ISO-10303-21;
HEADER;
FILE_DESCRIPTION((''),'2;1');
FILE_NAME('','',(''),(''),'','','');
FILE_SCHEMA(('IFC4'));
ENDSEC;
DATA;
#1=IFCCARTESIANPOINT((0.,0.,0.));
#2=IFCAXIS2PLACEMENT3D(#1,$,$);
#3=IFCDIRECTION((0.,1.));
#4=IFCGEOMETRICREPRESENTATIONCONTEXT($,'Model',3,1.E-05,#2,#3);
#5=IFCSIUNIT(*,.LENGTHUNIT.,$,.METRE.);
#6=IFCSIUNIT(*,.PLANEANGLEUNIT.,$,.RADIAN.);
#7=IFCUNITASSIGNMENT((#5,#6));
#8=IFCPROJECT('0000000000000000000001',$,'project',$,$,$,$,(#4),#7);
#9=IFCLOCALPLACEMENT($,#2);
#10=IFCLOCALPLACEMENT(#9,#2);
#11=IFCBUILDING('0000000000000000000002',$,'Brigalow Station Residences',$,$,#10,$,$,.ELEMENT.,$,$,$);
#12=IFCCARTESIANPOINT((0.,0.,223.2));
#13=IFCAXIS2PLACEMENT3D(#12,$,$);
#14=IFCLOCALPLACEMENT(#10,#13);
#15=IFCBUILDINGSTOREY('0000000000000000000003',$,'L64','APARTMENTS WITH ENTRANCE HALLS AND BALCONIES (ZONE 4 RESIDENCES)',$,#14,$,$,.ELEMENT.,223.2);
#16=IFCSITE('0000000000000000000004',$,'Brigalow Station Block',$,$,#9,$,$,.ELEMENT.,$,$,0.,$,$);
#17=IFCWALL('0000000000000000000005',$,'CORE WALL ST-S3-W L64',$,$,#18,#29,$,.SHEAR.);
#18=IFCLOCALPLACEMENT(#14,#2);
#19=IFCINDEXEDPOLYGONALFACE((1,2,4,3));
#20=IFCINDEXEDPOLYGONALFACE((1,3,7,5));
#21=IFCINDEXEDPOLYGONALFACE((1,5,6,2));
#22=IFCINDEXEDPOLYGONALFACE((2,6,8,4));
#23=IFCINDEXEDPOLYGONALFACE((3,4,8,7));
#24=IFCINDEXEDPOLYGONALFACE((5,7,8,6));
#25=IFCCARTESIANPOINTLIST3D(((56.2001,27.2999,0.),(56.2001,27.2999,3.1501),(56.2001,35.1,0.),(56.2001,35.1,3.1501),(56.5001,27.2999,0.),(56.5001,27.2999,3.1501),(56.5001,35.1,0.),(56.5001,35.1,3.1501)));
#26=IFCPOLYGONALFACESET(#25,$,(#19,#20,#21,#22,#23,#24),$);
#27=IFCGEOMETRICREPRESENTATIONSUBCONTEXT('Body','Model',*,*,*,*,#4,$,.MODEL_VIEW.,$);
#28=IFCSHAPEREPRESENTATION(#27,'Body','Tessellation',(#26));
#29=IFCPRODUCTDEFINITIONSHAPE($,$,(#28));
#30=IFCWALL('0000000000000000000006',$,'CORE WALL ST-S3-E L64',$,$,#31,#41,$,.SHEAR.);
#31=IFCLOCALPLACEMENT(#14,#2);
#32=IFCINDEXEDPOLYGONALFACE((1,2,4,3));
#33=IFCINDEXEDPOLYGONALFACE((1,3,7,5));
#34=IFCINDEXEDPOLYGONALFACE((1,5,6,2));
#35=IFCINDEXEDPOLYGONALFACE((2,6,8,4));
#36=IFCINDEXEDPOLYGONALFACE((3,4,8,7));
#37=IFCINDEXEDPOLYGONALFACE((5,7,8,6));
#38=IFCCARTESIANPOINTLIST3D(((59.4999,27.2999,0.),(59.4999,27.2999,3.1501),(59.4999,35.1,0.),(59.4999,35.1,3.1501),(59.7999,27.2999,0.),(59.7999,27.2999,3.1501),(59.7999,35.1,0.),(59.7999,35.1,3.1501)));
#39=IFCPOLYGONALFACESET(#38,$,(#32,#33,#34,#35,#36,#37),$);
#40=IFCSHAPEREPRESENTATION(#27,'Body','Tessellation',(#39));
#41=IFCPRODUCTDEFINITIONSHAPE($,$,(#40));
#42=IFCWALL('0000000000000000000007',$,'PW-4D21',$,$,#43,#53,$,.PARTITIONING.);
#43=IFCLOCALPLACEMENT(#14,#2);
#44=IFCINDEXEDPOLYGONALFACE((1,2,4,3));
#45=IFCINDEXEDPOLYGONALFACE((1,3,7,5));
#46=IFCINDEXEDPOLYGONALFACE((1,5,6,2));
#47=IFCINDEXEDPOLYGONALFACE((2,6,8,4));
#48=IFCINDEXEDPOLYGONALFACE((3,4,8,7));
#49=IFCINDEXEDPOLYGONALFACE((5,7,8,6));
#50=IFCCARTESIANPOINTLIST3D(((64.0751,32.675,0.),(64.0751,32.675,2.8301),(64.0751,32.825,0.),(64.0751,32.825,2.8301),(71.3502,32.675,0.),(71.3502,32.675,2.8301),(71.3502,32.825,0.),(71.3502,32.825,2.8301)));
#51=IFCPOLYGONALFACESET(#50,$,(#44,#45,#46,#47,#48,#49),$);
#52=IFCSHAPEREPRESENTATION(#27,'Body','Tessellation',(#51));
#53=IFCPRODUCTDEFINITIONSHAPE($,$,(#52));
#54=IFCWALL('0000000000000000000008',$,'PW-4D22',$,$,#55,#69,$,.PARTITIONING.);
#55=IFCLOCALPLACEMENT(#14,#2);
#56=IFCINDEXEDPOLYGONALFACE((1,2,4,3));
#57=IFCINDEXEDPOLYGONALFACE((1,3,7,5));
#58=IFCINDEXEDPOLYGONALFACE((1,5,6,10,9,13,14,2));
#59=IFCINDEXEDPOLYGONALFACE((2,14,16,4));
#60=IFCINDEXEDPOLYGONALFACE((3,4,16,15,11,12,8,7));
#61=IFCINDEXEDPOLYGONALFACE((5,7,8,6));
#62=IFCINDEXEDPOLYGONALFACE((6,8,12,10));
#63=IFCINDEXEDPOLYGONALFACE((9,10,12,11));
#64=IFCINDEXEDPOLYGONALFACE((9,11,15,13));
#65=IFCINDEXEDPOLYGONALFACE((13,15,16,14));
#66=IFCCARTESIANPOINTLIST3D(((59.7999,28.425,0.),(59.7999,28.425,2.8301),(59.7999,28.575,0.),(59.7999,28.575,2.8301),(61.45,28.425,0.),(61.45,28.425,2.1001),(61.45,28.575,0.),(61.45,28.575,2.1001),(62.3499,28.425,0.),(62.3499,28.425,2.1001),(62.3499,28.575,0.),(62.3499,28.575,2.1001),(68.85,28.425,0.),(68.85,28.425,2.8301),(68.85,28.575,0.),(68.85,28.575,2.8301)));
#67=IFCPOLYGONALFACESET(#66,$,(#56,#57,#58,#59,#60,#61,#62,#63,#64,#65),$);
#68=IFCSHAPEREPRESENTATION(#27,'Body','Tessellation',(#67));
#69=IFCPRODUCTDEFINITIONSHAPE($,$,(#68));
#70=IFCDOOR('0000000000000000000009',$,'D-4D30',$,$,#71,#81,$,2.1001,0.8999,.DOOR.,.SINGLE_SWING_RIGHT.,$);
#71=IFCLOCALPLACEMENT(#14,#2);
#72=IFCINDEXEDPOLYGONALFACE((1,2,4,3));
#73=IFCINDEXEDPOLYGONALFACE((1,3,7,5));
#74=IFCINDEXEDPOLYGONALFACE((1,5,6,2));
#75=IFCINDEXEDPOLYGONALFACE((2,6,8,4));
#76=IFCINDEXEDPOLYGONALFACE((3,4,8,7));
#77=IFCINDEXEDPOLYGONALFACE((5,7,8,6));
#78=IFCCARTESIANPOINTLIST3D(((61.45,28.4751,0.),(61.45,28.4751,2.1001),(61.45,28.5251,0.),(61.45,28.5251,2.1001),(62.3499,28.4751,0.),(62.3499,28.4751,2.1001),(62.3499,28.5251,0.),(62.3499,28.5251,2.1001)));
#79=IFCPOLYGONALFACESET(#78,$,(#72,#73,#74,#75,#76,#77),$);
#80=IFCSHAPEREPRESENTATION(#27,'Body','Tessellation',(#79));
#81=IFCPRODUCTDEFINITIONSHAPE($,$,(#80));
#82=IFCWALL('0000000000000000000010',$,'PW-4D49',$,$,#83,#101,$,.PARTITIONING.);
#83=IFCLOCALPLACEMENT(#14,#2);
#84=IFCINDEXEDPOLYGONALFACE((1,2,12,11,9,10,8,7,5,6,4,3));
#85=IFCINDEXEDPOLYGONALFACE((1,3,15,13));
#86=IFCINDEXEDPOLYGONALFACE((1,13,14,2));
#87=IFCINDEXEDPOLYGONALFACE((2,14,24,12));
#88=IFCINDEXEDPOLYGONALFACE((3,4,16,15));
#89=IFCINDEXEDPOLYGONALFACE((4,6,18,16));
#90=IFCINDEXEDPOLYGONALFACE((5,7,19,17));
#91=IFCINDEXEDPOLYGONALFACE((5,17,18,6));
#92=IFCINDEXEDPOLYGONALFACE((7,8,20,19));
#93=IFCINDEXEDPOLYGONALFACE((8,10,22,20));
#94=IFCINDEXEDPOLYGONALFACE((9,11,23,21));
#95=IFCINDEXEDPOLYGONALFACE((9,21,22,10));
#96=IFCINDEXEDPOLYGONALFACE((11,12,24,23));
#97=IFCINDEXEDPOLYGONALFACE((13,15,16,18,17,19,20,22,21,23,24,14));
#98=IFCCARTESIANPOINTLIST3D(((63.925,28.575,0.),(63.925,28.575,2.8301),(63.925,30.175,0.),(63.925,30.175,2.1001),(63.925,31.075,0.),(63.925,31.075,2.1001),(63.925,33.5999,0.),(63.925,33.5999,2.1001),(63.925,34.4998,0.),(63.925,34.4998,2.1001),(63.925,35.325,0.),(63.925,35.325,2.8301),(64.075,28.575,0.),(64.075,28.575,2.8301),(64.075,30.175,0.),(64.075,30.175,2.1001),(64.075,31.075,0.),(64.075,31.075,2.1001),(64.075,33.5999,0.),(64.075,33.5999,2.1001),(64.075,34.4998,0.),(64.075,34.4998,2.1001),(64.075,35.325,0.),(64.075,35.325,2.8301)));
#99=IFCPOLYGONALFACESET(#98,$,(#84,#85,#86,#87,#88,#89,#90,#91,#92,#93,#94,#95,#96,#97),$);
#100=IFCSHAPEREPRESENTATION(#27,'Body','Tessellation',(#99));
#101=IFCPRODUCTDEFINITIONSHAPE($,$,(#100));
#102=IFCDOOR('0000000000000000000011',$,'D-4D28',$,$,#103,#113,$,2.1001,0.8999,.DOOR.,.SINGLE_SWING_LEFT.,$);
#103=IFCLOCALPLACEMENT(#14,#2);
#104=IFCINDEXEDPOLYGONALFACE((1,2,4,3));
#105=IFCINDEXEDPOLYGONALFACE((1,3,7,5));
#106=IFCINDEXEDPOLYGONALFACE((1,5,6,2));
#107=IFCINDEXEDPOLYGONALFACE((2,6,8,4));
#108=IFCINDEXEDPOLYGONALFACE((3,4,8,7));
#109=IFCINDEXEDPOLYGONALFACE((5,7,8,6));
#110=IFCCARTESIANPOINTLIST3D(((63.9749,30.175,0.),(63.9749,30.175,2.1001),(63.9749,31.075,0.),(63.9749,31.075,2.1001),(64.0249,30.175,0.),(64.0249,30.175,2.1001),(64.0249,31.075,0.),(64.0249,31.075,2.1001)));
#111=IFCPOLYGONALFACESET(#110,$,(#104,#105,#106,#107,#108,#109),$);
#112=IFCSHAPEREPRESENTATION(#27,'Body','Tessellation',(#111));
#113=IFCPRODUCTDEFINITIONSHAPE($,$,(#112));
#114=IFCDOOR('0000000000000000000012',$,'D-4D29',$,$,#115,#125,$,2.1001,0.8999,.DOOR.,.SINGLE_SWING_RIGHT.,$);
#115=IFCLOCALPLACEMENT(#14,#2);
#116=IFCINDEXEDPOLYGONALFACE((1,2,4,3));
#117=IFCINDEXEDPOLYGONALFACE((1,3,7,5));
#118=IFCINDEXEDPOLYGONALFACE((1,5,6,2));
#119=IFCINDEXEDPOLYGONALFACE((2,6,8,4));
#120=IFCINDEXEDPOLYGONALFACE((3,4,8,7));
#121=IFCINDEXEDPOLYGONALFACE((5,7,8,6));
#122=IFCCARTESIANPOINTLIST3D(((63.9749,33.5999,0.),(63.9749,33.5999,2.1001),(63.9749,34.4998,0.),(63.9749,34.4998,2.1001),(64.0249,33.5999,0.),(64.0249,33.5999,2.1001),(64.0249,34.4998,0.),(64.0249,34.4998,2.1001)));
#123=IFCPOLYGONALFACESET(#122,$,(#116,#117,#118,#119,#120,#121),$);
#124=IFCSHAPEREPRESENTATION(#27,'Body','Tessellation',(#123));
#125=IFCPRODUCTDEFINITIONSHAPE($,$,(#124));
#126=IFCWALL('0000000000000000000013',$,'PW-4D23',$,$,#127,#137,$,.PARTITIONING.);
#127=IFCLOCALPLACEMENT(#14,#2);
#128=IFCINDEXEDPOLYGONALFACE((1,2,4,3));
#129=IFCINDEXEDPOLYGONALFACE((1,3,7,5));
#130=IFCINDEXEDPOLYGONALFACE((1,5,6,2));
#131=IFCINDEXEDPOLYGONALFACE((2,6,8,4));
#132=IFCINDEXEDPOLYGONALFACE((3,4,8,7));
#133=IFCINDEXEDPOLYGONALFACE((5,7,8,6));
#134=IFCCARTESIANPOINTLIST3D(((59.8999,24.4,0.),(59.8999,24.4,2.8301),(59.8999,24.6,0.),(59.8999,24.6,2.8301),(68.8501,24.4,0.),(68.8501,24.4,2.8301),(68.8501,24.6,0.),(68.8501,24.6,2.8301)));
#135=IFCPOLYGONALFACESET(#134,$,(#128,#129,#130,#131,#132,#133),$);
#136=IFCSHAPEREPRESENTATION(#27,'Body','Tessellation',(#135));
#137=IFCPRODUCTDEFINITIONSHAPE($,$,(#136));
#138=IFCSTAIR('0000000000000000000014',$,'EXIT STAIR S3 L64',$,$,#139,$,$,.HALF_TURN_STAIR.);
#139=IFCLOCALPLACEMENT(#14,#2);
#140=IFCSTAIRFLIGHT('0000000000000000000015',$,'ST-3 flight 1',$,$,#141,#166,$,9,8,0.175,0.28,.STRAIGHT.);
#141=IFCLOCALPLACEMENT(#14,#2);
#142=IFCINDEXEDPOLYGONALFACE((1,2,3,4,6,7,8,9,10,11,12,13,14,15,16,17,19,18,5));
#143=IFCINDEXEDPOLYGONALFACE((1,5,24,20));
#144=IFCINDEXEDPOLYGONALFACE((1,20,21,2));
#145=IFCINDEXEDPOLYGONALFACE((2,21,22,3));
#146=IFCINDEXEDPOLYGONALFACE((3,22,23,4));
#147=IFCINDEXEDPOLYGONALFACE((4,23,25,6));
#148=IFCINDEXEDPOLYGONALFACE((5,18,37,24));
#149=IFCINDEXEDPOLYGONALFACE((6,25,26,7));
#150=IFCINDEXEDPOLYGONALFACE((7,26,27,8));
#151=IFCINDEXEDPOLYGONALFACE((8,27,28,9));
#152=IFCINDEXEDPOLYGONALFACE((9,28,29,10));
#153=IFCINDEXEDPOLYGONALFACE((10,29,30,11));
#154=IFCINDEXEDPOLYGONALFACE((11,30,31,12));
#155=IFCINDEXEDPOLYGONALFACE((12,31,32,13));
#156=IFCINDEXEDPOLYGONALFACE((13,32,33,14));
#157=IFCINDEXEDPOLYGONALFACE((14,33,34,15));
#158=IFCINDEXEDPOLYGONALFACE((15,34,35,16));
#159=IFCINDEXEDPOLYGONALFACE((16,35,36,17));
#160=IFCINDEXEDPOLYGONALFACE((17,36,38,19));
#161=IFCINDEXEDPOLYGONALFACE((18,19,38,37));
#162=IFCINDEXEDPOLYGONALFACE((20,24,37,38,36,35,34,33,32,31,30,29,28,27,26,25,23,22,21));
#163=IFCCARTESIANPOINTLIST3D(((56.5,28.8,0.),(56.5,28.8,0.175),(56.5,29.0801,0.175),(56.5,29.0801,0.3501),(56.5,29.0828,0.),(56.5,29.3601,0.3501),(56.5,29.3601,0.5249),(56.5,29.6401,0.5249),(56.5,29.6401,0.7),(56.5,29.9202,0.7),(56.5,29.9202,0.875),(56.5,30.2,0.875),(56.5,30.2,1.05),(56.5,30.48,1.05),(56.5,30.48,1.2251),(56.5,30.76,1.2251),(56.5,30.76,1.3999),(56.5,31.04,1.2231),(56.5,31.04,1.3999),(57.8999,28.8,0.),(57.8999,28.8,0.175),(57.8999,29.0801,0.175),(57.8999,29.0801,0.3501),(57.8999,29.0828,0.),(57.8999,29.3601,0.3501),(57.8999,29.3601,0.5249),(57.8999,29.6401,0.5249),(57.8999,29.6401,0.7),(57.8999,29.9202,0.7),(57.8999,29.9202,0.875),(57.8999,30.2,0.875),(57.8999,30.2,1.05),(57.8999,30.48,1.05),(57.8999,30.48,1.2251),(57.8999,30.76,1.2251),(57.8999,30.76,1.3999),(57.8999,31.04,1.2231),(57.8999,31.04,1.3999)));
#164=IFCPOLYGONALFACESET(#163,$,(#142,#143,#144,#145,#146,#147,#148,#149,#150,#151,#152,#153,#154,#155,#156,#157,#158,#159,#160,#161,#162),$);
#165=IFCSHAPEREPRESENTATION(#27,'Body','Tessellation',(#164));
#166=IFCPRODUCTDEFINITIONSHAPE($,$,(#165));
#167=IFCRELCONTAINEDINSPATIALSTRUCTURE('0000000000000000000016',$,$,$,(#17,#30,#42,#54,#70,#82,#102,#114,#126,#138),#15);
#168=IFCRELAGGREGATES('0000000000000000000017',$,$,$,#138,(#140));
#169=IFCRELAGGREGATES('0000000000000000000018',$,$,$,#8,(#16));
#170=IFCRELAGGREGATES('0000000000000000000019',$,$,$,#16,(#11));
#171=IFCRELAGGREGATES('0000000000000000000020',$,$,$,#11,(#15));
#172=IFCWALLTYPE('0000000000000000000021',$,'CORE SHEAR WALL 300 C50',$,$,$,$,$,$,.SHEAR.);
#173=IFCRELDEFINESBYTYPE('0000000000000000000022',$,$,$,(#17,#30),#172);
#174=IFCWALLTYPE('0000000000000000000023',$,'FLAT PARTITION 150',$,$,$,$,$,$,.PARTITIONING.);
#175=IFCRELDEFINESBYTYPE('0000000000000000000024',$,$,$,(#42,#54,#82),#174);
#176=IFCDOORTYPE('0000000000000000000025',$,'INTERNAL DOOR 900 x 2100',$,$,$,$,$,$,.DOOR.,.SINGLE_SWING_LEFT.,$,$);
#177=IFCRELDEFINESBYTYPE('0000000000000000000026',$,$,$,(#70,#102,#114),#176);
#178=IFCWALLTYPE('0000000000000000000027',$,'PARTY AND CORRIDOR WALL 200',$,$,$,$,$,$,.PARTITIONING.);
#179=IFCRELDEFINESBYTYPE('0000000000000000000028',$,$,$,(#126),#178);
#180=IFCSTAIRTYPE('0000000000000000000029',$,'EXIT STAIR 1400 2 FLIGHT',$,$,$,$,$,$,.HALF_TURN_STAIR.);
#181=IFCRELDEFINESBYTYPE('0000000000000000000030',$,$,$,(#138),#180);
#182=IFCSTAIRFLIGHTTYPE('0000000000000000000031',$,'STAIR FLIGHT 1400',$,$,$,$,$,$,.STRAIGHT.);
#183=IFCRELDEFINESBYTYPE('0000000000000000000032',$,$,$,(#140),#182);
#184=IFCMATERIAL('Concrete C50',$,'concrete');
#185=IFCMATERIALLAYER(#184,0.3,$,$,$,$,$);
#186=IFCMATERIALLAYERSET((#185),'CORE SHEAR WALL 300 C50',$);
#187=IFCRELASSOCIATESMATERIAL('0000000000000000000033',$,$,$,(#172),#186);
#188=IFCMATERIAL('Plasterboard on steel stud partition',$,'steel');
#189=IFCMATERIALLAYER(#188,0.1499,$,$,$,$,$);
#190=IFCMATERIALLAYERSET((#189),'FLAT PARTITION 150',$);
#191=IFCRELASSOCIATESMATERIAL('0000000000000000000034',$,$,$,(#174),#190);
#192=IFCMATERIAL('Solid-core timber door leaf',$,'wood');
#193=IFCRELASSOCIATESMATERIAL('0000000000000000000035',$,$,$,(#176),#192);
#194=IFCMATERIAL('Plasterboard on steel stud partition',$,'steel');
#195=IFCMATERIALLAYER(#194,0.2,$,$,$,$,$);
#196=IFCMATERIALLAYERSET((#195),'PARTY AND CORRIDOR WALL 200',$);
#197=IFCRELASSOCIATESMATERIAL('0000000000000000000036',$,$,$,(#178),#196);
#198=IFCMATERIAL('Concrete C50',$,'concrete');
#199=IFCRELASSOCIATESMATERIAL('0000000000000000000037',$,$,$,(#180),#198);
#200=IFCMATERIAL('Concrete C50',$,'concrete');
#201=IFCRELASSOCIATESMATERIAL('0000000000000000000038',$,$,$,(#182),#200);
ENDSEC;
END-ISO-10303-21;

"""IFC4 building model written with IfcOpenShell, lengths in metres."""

from ifc_helpers import new_model, si_unit, direction, frame, frame_2d, origin, place, context, subcontext, project, spatial, polyline, rectangle, outline, extrude, material, layer, layer_set, type_object, element, fill, aggregate, save


model = new_model("IFC4")

# Units and contexts
model_context = context("Model", 3, precision=1e-05, world=origin(), true_north=direction((0.0, 1.0)))
body_context = subcontext(model_context, "Body", "Model", "MODEL_VIEW")
ifc_project = project(units=[si_unit("LENGTHUNIT", "METRE"), si_unit("PLANEANGLEUNIT", "RADIAN")], contexts=[model_context])

# Site, building, storey
site_placement = place(None, origin())
site = spatial("IfcSite", under=ifc_project, at=site_placement, Name="Brigalow Station Block", CompositionType="ELEMENT", RefElevation=0.0)
building_placement = place(site_placement, origin())
building = spatial("IfcBuilding", under=site, at=building_placement, Name="Brigalow Station Residences", CompositionType="ELEMENT")
storey_placement = place(building_placement, frame((0.0, 0.0, 223.2)))
storey = spatial("IfcBuildingStorey", under=building, at=storey_placement, Name="L64", Description="APARTMENTS WITH ENTRANCE HALLS AND BALCONIES (ZONE 4 RESIDENCES)", CompositionType="ELEMENT", Elevation=223.2)

# Walls
ifc_material_1 = material(Name="Concrete C50", Category="concrete")
ifc_layer_1 = layer(ifc_material_1, 0.3)
ifc_layer_set_1 = layer_set([ifc_layer_1], Name="CORE SHEAR WALL 300 C50")
wall_type_1 = type_object("IfcWallType", Name="CORE SHEAR WALL 300 C50", PredefinedType="SHEAR", material=ifc_layer_set_1)
for number, where, z_axis, x_axis, name in (
    (1, (56.3501, 27.3, 0.0), (0.0, 0.0, 1.0), (0.0, 1.0, 0.0), "CORE WALL ST-S3-W L64"),
    (2, (59.6499, 27.3, 0.0), (0.0, 0.0, 1.0), (0.0, 1.0, 0.0), "CORE WALL ST-S3-E L64"),
):
    element("IfcWall", number, at=place(storey_placement, frame(where, z_axis=z_axis, x_axis=x_axis)), inside=storey, type_object=wall_type_1, Name=name, PredefinedType="SHEAR", context=body_context, shape_type="SweptSolid", body=[
        extrude(rectangle(XDim=7.8, YDim=0.3, at=frame_2d((3.8999, 0.0))), origin(), (0.0, 0.0, 1.0), 3.1501),
    ])
ifc_material_2 = material(Name="Plasterboard on steel stud partition", Category="steel")
ifc_layer_2 = layer(ifc_material_2, 0.1499)
ifc_layer_set_2 = layer_set([ifc_layer_2], Name="FLAT PARTITION 150")
wall_type_2 = type_object("IfcWallType", Name="FLAT PARTITION 150", PredefinedType="PARTITIONING", material=ifc_layer_set_2)
wall_1_placement = place(storey_placement, frame((64.075, 32.75, 0.0), z_axis=(0.0, 0.0, 1.0), x_axis=(1.0, 0.0, 0.0)))
element("IfcWall", 3, at=wall_1_placement, inside=storey, type_object=wall_type_2, Name="PW-4D21", PredefinedType="PARTITIONING", context=body_context, shape_type="SweptSolid", body=[
    extrude(rectangle(XDim=7.2751, YDim=0.1499, at=frame_2d((3.6377, 0.0))), origin(), (0.0, 0.0, 1.0), 2.8301),
])

# Wall, opening, door
wall_2_placement = place(storey_placement, frame((59.8, 28.5, 0.0), z_axis=(0.0, 0.0, 1.0), x_axis=(1.0, 0.0, 0.0)))
wall_2 = element("IfcWall", 4, at=wall_2_placement, inside=storey, type_object=wall_type_2, Name="PW-4D22", PredefinedType="PARTITIONING", context=body_context, shape_type="SweptSolid", body=[
    extrude(rectangle(XDim=9.05, YDim=0.1499, at=frame_2d((4.5249, 0.0))), origin(), (0.0, 0.0, 1.0), 2.8301),
])
opening_1_placement = place(wall_2_placement, frame((1.6499, 0.0, 0.0)))
opening_1 = element("IfcOpeningElement", 5, at=opening_1_placement, cuts=wall_2, PredefinedType="OPENING", context=body_context, shape_type="SweptSolid", body=[
    extrude(rectangle(XDim=0.8999, YDim=2.1001, at=frame_2d((0.45, 1.05))), frame((0.0, 0.085, 0.0), z_axis=(0.0, -1.0, 0.0), x_axis=(1.0, 0.0, 0.0)), (0.0, 0.0, 1.0), 0.1699),
])
ifc_material_3 = material(Name="Solid-core timber door leaf", Category="wood")
door_type_1 = type_object("IfcDoorType", Name="INTERNAL DOOR 900 x 2100", OperationType="SINGLE_SWING_LEFT", PredefinedType="DOOR", material=ifc_material_3)
door_1_placement = place(opening_1_placement, frame((0.8999, 0.0, 0.0), z_axis=(0.0, 0.0, 1.0), x_axis=(-1.0, 0.0, 0.0)))
door_1 = element("IfcDoor", 6, at=door_1_placement, inside=storey, type_object=door_type_1, Name="D-4D30", OperationType="SINGLE_SWING_RIGHT", OverallHeight=2.1001, OverallWidth=0.8999, PredefinedType="DOOR", context=body_context, shape_type="SweptSolid", body=[
    extrude(rectangle(XDim=0.8999, YDim=2.1001, at=frame_2d((0.45, 1.05))), frame((0.0, 0.0249, 0.0), z_axis=(0.0, -1.0, 0.0), x_axis=(1.0, 0.0, 0.0)), (0.0, 0.0, 1.0), 0.05),
])
fill(opening_1, door_1)

# Wall, openings, doors
wall_3_placement = place(storey_placement, frame((64.0, 28.575, 0.0), z_axis=(0.0, 0.0, 1.0), x_axis=(0.0, 1.0, 0.0)))
wall_3 = element("IfcWall", 7, at=wall_3_placement, inside=storey, type_object=wall_type_2, Name="PW-4D49", PredefinedType="PARTITIONING", context=body_context, shape_type="SweptSolid", body=[
    extrude(rectangle(XDim=6.75, YDim=0.1499, at=frame_2d((3.375, 0.0))), origin(), (0.0, 0.0, 1.0), 2.8301),
])
opening_2_placement = place(wall_3_placement, frame((1.6001, 0.0, 0.0)))
opening_2 = element("IfcOpeningElement", 8, at=opening_2_placement, cuts=wall_3, PredefinedType="OPENING", context=body_context, shape_type="SweptSolid", body=[
    extrude(rectangle(XDim=0.8999, YDim=2.1001, at=frame_2d((0.45, 1.05))), frame((0.0, 0.085, 0.0), z_axis=(0.0, -1.0, 0.0), x_axis=(1.0, 0.0, 0.0)), (0.0, 0.0, 1.0), 0.1699),
])
opening_3_placement = place(wall_3_placement, frame((5.0249, 0.0, 0.0)))
opening_3 = element("IfcOpeningElement", 9, at=opening_3_placement, cuts=wall_3, PredefinedType="OPENING", context=body_context, shape_type="SweptSolid", body=[
    extrude(rectangle(XDim=0.8999, YDim=2.1001, at=frame_2d((0.45, 1.05))), frame((0.0, 0.085, 0.0), z_axis=(0.0, -1.0, 0.0), x_axis=(1.0, 0.0, 0.0)), (0.0, 0.0, 1.0), 0.1699),
])
door_2_placement = place(opening_2_placement, frame((0.8999, 0.0, 0.0), z_axis=(0.0, 0.0, 1.0), x_axis=(-1.0, 0.0, 0.0)))
door_2 = element("IfcDoor", 10, at=door_2_placement, inside=storey, type_object=door_type_1, Name="D-4D28", OperationType="SINGLE_SWING_LEFT", OverallHeight=2.1001, OverallWidth=0.8999, PredefinedType="DOOR", context=body_context, shape_type="SweptSolid", body=[
    extrude(rectangle(XDim=0.8999, YDim=2.1001, at=frame_2d((0.45, 1.05))), frame((0.0, 0.0249, 0.0), z_axis=(0.0, -1.0, 0.0), x_axis=(1.0, 0.0, 0.0)), (0.0, 0.0, 1.0), 0.05),
])
fill(opening_2, door_2)
door_3_placement = place(opening_3_placement, frame((0.8999, 0.0, 0.0), z_axis=(0.0, 0.0, 1.0), x_axis=(-1.0, 0.0, 0.0)))
door_3 = element("IfcDoor", 11, at=door_3_placement, inside=storey, type_object=door_type_1, Name="D-4D29", OperationType="SINGLE_SWING_RIGHT", OverallHeight=2.1001, OverallWidth=0.8999, PredefinedType="DOOR", context=body_context, shape_type="SweptSolid", body=[
    extrude(rectangle(XDim=0.8999, YDim=2.1001, at=frame_2d((0.45, 1.05))), frame((0.0, 0.0249, 0.0), z_axis=(0.0, -1.0, 0.0), x_axis=(1.0, 0.0, 0.0)), (0.0, 0.0, 1.0), 0.05),
])
fill(opening_3, door_3)

# Wall
ifc_material_4 = material(Name="Plasterboard on steel stud partition", Category="steel")
ifc_layer_3 = layer(ifc_material_4, 0.2)
ifc_layer_set_3 = layer_set([ifc_layer_3], Name="PARTY AND CORRIDOR WALL 200")
wall_type_3 = type_object("IfcWallType", Name="PARTY AND CORRIDOR WALL 200", PredefinedType="PARTITIONING", material=ifc_layer_set_3)
wall_4_placement = place(storey_placement, frame((59.8999, 24.5, 0.0), z_axis=(0.0, 0.0, 1.0), x_axis=(1.0, 0.0, 0.0)))
element("IfcWall", 12, at=wall_4_placement, inside=storey, type_object=wall_type_3, Name="PW-4D23", PredefinedType="PARTITIONING", context=body_context, shape_type="SweptSolid", body=[
    extrude(rectangle(XDim=8.9502, YDim=0.2, at=frame_2d((4.4751, 0.0))), origin(), (0.0, 0.0, 1.0), 2.8301),
])

# Stair, stair flight
ifc_material_5 = material(Name="Concrete C50", Category="concrete")
stair_type = type_object("IfcStairType", Name="EXIT STAIR 1400 2 FLIGHT", PredefinedType="HALF_TURN_STAIR", material=ifc_material_5)
stair_placement = place(storey_placement, origin())
stair = element("IfcStair", 13, at=stair_placement, inside=storey, type_object=stair_type, Name="EXIT STAIR S3 L64", PredefinedType="HALF_TURN_STAIR")
ifc_material_6 = material(Name="Concrete C50", Category="concrete")
stair_flight_type = type_object("IfcStairFlightType", Name="STAIR FLIGHT 1400", PredefinedType="STRAIGHT", material=ifc_material_6)
stair_flight_1_placement = place(storey_placement, frame((57.2, 28.8, 0.0), z_axis=(0.0, 0.0, 1.0), x_axis=(0.0, 1.0, 0.0)))
stair_flight_1 = element("IfcStairFlight", 14, at=stair_flight_1_placement, type_object=stair_flight_type, Name="ST-3 flight 1", NumberOfRisers=9, NumberOfTreads=8, PredefinedType="STRAIGHT", RiserHeight=0.175, TreadLength=0.28, context=body_context, shape_type="SweptSolid", body=[
    extrude(outline(polyline([(0.0, 0.0), (0.0, 0.175), (0.28, 0.175), (0.28, 0.3501), (0.5601, 0.3501), (0.5601, 0.5249), (0.8401, 0.5249), (0.8401, 0.7), (1.1201, 0.7), (1.1201, 0.875), (1.3999, 0.875), (1.3999, 1.05), (1.6799, 1.05), (1.6799, 1.2251), (1.96, 1.2251), (1.96, 1.3999), (2.24, 1.3999), (2.24, 1.575), (2.24, 1.2231), (0.2827, 0.0), (0.0, 0.0)])), frame((0.0, 0.7, 0.0), z_axis=(0.0, -1.0, 0.0), x_axis=(1.0, 0.0, 0.0)), (0.0, 0.0, 1.0), 1.3999),
])
aggregate(stair, [stair_flight_1])

save(model, "model.ifc")
